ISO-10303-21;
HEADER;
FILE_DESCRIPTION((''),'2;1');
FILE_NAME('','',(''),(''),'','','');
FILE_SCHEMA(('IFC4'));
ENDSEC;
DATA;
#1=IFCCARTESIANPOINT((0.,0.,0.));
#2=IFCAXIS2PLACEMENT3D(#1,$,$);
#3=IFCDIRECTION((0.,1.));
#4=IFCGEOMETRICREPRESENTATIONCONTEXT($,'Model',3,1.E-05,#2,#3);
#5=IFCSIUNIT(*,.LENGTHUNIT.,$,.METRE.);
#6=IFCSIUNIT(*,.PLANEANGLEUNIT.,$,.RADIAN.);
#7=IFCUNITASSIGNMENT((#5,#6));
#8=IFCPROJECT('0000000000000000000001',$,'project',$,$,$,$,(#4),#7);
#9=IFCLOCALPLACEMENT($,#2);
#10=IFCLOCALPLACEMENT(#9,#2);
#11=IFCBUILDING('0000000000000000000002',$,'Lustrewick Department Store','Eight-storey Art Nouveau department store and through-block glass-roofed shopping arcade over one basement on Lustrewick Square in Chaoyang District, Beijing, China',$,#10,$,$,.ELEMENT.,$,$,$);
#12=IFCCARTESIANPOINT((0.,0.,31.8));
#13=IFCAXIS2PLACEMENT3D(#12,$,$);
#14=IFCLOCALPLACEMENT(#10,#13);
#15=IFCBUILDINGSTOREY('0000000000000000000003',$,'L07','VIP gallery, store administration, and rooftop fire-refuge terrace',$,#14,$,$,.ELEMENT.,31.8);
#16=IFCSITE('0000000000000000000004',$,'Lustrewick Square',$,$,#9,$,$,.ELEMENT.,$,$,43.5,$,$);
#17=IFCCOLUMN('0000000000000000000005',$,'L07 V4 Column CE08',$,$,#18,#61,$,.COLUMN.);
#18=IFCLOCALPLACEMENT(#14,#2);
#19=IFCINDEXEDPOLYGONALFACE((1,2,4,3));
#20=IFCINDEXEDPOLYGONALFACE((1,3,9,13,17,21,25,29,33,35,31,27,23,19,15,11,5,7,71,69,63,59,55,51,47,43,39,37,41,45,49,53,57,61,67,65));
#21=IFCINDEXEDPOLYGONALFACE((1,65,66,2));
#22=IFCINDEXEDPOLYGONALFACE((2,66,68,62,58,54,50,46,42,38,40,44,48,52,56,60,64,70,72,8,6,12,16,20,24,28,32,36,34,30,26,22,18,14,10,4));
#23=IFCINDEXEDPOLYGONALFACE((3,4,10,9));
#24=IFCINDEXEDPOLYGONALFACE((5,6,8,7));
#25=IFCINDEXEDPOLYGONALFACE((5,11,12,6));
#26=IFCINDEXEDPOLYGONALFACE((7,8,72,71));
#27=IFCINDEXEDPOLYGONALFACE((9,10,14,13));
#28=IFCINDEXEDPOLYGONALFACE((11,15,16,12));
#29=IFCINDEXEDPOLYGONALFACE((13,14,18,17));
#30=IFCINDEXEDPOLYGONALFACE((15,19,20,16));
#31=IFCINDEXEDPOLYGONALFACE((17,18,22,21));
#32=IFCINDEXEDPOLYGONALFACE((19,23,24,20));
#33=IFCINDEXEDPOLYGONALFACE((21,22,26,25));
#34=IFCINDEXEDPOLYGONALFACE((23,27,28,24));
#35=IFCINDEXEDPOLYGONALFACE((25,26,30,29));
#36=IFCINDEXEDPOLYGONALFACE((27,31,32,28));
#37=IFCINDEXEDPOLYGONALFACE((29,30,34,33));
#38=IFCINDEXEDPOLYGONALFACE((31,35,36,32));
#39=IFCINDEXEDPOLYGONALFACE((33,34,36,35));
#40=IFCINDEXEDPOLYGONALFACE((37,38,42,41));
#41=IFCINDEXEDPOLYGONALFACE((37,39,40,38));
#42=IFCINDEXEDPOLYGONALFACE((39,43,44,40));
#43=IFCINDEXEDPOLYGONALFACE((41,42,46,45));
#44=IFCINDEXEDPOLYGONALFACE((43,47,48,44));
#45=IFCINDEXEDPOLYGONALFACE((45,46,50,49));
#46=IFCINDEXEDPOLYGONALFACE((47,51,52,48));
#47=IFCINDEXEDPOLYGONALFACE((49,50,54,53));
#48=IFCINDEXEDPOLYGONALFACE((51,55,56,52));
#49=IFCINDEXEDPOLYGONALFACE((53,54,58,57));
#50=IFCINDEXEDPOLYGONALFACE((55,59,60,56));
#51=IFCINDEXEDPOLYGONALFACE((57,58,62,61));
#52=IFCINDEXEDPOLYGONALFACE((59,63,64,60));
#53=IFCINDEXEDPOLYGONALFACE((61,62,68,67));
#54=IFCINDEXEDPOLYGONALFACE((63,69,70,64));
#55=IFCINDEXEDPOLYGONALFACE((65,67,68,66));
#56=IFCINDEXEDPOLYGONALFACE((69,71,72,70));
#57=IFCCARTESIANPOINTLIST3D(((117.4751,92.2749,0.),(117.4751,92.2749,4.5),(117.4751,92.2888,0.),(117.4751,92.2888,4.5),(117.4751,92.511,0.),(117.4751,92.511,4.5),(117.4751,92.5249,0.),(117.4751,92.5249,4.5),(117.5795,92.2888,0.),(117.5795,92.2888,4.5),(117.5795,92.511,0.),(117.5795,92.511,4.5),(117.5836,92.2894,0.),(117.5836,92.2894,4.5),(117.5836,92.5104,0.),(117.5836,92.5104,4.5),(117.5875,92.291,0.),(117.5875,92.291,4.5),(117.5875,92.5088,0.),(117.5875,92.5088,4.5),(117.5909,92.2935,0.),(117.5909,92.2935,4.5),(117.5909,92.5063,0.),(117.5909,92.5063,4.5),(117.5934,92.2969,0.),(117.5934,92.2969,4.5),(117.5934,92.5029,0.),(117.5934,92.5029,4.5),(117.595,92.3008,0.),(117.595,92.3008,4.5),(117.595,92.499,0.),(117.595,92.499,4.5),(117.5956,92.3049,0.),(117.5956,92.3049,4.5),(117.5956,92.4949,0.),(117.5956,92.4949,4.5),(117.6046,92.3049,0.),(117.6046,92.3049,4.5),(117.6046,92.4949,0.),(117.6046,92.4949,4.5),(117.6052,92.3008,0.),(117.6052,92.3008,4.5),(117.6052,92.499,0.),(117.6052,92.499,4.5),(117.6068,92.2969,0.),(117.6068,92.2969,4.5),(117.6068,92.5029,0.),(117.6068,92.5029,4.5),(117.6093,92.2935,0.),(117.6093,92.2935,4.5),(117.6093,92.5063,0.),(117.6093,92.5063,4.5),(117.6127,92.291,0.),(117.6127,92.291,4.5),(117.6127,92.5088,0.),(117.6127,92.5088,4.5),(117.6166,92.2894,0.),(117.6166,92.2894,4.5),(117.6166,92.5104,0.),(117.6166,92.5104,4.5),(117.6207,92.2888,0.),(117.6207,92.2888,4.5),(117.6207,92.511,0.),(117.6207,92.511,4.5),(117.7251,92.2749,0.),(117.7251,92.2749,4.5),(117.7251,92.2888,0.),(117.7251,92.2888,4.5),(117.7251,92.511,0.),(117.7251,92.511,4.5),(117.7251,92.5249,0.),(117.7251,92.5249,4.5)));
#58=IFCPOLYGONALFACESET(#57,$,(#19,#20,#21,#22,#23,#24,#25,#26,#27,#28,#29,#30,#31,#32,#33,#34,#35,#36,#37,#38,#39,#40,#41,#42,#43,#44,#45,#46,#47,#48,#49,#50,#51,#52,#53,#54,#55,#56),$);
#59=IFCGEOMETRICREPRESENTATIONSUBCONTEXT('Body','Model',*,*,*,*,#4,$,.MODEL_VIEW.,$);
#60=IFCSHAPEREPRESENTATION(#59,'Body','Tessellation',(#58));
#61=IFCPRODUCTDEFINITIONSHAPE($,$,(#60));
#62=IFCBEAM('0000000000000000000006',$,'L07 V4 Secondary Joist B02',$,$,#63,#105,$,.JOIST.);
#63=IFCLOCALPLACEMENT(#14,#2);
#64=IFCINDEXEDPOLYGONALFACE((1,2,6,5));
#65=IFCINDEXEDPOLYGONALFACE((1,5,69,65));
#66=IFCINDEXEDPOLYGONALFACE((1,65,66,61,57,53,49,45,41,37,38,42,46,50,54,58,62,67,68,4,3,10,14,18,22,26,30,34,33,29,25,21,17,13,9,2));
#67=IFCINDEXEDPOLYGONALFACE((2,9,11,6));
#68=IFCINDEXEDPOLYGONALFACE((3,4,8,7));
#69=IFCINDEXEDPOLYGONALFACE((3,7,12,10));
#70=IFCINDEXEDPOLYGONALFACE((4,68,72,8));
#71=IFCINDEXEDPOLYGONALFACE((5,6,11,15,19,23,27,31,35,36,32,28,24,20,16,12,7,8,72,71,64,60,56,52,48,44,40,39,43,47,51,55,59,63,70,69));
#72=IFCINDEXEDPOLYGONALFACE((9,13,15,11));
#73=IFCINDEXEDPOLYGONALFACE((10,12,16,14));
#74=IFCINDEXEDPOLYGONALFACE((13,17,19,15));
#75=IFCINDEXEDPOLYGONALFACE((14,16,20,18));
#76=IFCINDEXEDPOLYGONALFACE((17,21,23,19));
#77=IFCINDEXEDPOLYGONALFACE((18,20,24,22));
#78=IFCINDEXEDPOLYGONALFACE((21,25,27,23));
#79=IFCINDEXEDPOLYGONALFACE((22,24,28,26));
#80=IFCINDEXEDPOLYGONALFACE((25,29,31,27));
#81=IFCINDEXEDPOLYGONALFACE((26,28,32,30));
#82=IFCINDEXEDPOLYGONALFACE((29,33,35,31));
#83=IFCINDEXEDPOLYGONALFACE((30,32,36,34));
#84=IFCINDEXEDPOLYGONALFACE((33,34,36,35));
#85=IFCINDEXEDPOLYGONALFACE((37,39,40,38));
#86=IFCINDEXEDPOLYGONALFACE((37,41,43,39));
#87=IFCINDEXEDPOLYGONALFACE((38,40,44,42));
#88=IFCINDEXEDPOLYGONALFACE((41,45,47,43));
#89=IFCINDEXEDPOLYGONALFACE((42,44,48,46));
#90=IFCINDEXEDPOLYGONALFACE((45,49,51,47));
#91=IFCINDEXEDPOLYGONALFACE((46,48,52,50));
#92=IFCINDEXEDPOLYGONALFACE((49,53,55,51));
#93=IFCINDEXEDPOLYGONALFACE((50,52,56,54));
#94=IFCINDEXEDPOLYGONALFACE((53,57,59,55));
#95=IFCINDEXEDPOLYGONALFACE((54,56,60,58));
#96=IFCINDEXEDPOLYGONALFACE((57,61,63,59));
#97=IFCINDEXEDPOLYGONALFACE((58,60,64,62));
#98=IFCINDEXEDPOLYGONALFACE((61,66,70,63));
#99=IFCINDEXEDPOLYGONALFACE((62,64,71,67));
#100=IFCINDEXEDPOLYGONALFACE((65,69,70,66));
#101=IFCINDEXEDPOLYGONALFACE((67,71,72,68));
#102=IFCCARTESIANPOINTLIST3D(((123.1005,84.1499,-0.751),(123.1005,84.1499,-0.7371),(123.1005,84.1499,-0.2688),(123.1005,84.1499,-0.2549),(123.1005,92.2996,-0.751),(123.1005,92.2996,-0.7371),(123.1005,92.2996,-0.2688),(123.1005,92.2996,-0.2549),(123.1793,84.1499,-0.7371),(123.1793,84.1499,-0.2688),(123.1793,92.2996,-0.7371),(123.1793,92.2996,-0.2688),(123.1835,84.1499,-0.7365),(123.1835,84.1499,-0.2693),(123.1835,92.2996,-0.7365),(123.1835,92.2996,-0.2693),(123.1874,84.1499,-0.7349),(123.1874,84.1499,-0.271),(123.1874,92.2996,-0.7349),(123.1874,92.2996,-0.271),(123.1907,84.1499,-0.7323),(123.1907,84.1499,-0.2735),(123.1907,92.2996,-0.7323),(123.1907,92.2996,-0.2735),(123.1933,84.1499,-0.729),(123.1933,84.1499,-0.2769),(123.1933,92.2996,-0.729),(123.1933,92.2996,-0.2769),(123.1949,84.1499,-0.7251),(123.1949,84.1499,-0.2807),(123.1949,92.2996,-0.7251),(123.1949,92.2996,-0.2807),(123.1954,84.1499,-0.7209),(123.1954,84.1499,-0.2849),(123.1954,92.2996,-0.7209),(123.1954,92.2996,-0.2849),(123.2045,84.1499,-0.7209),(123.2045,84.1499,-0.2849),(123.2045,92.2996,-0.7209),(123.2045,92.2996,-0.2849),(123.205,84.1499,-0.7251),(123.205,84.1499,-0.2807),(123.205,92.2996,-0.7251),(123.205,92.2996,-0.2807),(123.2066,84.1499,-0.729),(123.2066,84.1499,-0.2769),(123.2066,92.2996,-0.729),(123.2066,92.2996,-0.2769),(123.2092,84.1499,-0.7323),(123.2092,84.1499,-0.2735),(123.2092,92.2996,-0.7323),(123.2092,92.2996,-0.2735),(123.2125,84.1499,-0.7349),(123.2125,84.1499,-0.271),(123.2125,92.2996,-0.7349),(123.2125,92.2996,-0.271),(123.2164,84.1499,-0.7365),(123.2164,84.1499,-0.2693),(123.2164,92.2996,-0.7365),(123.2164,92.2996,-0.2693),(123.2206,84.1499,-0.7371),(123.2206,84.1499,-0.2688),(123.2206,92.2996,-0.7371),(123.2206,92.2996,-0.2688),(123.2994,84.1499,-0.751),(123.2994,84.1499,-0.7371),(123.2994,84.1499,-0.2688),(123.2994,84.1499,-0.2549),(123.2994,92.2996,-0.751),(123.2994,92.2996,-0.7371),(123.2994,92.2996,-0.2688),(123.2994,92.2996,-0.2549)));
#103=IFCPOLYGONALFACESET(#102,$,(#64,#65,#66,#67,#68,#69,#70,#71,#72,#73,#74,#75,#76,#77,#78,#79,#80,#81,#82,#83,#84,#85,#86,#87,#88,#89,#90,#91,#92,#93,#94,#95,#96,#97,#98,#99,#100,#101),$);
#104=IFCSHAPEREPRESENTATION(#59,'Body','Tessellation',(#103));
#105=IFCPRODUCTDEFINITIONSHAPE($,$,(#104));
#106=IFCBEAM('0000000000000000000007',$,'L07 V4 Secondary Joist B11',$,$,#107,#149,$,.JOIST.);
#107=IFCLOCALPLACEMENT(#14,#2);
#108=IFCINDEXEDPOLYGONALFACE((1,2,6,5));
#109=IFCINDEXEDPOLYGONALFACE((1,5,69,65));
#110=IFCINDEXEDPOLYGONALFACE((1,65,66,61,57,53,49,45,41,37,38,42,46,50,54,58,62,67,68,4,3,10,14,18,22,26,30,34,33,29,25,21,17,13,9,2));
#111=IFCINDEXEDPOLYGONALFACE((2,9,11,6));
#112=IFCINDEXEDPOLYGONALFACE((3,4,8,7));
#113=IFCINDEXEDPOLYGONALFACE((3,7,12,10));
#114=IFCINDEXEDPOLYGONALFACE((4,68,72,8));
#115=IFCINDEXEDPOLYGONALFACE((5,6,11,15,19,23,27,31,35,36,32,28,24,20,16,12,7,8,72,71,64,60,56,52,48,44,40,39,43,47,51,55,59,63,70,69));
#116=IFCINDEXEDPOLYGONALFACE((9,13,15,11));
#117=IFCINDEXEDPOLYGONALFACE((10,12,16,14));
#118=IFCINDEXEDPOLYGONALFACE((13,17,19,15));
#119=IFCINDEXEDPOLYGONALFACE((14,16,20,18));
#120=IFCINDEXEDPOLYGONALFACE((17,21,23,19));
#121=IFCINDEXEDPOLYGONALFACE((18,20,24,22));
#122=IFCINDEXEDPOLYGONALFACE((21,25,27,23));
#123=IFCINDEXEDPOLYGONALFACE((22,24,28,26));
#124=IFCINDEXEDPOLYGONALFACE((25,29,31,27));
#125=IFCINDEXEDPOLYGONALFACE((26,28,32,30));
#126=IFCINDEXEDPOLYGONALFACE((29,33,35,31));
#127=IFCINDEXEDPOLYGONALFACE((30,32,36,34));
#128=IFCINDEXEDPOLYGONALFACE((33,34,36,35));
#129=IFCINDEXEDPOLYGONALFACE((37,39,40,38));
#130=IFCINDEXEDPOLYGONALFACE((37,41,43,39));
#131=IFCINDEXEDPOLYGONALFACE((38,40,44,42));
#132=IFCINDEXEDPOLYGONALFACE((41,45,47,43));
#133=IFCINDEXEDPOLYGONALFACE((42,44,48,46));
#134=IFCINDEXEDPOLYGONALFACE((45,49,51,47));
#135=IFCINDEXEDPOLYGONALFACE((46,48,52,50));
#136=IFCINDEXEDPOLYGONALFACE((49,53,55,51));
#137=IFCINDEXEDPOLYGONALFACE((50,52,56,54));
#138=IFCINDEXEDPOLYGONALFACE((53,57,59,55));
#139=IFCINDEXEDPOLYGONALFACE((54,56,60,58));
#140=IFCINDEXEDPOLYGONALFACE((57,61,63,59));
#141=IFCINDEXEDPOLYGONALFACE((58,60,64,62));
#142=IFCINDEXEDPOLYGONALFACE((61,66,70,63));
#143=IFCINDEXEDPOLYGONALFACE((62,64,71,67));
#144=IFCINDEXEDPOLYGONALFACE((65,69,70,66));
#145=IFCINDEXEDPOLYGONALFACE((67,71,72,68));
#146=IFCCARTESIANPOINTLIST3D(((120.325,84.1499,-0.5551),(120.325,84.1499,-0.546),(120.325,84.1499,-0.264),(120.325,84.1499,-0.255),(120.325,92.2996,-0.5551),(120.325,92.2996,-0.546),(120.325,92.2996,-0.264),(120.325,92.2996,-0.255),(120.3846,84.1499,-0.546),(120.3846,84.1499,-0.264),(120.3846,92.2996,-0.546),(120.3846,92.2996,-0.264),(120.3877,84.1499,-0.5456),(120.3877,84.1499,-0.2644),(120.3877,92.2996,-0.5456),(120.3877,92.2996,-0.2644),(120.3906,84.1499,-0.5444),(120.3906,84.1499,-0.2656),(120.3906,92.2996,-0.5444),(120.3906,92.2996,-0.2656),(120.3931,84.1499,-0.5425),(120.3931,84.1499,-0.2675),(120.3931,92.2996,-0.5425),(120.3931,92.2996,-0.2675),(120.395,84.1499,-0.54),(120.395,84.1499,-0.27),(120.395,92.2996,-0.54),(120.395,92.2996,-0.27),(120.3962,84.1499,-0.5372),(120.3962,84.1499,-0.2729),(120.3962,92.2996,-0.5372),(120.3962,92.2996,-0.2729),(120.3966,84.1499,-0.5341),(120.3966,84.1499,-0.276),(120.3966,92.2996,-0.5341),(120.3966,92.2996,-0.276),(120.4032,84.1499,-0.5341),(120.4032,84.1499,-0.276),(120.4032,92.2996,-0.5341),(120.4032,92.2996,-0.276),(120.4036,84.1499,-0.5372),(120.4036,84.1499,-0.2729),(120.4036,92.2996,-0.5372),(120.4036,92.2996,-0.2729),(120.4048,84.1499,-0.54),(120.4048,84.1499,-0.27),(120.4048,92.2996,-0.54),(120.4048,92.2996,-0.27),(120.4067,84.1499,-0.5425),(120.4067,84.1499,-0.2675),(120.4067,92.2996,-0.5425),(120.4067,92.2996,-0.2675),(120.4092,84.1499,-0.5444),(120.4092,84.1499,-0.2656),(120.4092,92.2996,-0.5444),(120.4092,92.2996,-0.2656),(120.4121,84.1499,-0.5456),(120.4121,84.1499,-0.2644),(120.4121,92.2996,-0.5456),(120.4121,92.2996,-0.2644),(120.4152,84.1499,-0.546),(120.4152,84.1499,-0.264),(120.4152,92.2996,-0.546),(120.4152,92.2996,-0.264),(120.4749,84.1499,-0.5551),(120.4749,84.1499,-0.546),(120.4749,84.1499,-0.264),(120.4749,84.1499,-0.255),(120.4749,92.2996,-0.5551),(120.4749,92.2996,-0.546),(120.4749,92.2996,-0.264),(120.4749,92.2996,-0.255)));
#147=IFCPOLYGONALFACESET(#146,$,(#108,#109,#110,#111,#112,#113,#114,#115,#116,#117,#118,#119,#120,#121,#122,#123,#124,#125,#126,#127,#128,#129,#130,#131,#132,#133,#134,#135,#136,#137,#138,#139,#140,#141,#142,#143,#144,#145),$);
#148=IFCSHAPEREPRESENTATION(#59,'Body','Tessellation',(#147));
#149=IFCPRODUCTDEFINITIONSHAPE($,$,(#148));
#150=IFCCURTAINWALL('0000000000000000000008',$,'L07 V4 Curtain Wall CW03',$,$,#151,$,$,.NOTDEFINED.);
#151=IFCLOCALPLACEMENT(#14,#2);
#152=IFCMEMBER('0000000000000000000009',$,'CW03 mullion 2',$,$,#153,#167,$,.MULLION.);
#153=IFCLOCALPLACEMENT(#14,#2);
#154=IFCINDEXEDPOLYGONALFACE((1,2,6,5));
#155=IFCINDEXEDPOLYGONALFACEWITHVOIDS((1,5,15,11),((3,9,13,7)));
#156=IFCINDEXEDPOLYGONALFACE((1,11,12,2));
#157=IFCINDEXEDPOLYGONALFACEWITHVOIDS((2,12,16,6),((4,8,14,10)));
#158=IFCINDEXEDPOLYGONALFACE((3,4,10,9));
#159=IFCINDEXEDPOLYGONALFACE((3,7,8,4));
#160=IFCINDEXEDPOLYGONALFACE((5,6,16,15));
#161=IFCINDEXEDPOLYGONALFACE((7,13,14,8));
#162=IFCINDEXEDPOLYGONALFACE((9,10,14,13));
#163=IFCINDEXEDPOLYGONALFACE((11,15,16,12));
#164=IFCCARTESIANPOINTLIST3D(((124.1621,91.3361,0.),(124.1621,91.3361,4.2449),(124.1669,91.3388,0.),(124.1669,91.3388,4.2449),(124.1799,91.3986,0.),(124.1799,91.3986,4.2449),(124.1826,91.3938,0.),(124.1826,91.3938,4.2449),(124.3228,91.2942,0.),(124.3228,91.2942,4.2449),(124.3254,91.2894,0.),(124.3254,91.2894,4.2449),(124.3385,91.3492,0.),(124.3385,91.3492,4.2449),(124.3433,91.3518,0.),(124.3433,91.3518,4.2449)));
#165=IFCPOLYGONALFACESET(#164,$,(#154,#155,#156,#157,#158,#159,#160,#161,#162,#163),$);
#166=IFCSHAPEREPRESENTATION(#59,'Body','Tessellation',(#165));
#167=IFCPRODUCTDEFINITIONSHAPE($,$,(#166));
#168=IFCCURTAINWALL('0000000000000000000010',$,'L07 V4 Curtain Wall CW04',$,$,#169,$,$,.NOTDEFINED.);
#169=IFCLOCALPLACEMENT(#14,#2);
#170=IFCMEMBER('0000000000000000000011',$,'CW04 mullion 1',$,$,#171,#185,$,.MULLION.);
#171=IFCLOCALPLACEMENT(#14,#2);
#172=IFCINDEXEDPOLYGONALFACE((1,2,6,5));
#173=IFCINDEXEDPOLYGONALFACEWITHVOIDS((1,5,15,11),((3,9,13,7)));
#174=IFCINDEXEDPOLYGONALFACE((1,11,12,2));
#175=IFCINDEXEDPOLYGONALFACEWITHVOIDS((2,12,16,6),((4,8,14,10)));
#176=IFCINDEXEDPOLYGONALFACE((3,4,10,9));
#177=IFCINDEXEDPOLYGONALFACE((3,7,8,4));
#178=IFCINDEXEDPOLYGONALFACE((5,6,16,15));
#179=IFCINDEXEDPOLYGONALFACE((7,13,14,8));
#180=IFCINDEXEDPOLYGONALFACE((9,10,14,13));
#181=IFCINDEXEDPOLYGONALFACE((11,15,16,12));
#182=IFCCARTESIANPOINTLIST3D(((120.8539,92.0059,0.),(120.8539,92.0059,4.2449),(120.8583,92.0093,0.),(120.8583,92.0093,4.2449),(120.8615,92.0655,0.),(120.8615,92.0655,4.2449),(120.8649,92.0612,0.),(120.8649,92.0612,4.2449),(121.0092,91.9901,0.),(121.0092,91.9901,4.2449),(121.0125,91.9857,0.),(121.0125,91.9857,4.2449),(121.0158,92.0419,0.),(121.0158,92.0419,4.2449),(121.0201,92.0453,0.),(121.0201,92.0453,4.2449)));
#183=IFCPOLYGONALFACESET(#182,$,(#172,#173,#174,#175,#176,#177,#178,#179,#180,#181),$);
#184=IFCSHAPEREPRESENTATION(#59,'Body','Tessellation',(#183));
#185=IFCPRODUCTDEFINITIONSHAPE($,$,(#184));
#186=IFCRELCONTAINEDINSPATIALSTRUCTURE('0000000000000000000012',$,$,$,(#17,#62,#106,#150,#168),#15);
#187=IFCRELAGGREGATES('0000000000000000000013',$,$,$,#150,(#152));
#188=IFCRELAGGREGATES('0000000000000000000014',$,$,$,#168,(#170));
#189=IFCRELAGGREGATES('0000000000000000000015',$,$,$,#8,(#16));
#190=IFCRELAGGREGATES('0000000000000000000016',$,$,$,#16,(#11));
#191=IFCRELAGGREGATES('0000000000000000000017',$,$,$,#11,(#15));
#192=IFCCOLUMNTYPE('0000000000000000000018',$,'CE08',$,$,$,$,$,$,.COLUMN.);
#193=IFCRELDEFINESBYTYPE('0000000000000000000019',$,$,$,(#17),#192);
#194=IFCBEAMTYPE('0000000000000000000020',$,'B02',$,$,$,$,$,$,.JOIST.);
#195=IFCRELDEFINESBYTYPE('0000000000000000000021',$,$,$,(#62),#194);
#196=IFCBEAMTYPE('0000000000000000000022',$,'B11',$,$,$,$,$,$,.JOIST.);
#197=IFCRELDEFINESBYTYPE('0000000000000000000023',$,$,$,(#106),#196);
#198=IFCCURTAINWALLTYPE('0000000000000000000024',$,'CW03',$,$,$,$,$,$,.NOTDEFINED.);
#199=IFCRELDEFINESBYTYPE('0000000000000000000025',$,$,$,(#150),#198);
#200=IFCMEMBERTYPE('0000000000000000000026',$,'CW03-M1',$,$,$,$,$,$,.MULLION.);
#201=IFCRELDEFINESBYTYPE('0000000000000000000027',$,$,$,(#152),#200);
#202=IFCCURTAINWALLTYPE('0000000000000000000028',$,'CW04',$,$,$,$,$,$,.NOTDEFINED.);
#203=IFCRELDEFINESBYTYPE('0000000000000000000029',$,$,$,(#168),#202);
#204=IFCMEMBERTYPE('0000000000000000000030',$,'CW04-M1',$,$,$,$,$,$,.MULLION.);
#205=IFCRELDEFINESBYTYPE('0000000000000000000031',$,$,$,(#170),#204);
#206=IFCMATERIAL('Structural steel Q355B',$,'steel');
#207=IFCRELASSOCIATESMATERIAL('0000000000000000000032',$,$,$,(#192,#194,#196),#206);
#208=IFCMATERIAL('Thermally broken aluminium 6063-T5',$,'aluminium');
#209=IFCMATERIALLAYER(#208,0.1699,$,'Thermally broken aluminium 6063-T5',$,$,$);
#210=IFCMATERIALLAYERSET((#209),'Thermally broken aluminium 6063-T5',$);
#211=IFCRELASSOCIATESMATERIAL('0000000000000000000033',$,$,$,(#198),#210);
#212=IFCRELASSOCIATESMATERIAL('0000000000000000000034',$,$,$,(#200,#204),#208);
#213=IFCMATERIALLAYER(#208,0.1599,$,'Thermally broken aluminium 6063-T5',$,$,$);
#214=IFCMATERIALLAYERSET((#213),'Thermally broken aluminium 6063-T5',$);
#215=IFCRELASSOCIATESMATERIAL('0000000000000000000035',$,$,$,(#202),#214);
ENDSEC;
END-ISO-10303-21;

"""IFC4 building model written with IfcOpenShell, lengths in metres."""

from ifc_helpers import new_model, si_unit, direction, frame, origin, origin_2d, place, context, subcontext, project, spatial, hollow_rectangle, i_section, extrude, material, layer, layer_set, material_profile, profile_set, type_object, element, aggregate, save


model = new_model("IFC4")

# Units and contexts
model_context = context("Model", 3, precision=1e-05, world=origin(), true_north=direction((0.0, 1.0)))
body_context = subcontext(model_context, "Body", "Model", "MODEL_VIEW")
ifc_project = project(units=[si_unit("LENGTHUNIT", "METRE"), si_unit("PLANEANGLEUNIT", "RADIAN")], contexts=[model_context])

# Site, building, storey
site_placement = place(None, origin())
site = spatial("IfcSite", under=ifc_project, at=site_placement, Name="Lustrewick Square", CompositionType="ELEMENT", RefElevation=43.5)
building_placement = place(site_placement, origin())
building = spatial("IfcBuilding", under=site, at=building_placement, Name="Lustrewick Department Store", Description="Eight-storey Art Nouveau department store and through-block glass-roofed shopping arcade over one basement on Lustrewick Square in Chaoyang District, Beijing, China", CompositionType="ELEMENT")
storey_placement = place(building_placement, frame((0.0, 0.0, 31.8)))
storey = spatial("IfcBuildingStorey", under=building, at=storey_placement, Name="L07", Description="VIP gallery, store administration, and rooftop fire-refuge terrace", CompositionType="ELEMENT", Elevation=31.8)

# Column
ifc_material_1 = material(Name="Structural steel Q355B", Category="steel")
ifc_material_profile_1 = material_profile(ifc_material_1, i_section(OverallWidth=0.25, OverallDepth=0.25, WebThickness=0.009, FlangeThickness=0.0139, FilletRadius=0.0161, at=origin_2d()), Name="HW 250x250x9x14")
ifc_profile_set_1 = profile_set([ifc_material_profile_1], Name="Structural steel Q355B")
column_type = type_object("IfcColumnType", Name="CE08", PredefinedType="COLUMN", material=ifc_profile_set_1)
column_placement = place(storey_placement, frame((117.6001, 92.3999, 0.0), z_axis=(0.0, 0.0, 1.0), x_axis=(1.0, 0.0, 0.0)))
element("IfcColumn", 1, at=column_placement, inside=storey, type_object=column_type, Name="L07 V4 Column CE08", PredefinedType="COLUMN", context=body_context, shape_type="SweptSolid", body=[
    extrude(i_section(OverallWidth=0.25, OverallDepth=0.25, WebThickness=0.009, FlangeThickness=0.0139, FilletRadius=0.0161, at=origin_2d()), origin(), (0.0, 0.0, 1.0), 4.5),
])

# Beams
ifc_material_profile_2 = material_profile(ifc_material_1, i_section(OverallWidth=0.199, OverallDepth=0.4961, WebThickness=0.009, FlangeThickness=0.0139, FilletRadius=0.0161, at=origin_2d()), Name="HN 496x199x9x14")
ifc_profile_set_2 = profile_set([ifc_material_profile_2], Name="Structural steel Q355B")
beam_type_1 = type_object("IfcBeamType", Name="B02", PredefinedType="JOIST", material=ifc_profile_set_2)
beam_1_placement = place(storey_placement, frame((123.2, 84.1499, -0.5029), z_axis=(0.0, 1.0, 0.0), x_axis=(-1.0, 0.0, 0.0)))
element("IfcBeam", 2, at=beam_1_placement, inside=storey, type_object=beam_type_1, Name="L07 V4 Secondary Joist B02", PredefinedType="JOIST", context=body_context, shape_type="SweptSolid", body=[
    extrude(i_section(OverallWidth=0.199, OverallDepth=0.4961, WebThickness=0.009, FlangeThickness=0.0139, FilletRadius=0.0161, at=origin_2d()), origin(), (0.0, 0.0, 1.0), 8.1497),
])
ifc_material_profile_3 = material_profile(ifc_material_1, i_section(OverallWidth=0.1499, OverallDepth=0.3, WebThickness=0.0066, FlangeThickness=0.009, FilletRadius=0.012, at=origin_2d()), Name="HN 300x150x6.5x9")
ifc_profile_set_3 = profile_set([ifc_material_profile_3], Name="Structural steel Q355B")
beam_type_2 = type_object("IfcBeamType", Name="B11", PredefinedType="JOIST", material=ifc_profile_set_3)
beam_2_placement = place(storey_placement, frame((120.3999, 84.1499, -0.405), z_axis=(0.0, 1.0, 0.0), x_axis=(-1.0, 0.0, 0.0)))
element("IfcBeam", 3, at=beam_2_placement, inside=storey, type_object=beam_type_2, Name="L07 V4 Secondary Joist B11", PredefinedType="JOIST", context=body_context, shape_type="SweptSolid", body=[
    extrude(i_section(OverallWidth=0.1499, OverallDepth=0.3, WebThickness=0.0066, FlangeThickness=0.009, FilletRadius=0.012, at=origin_2d()), origin(), (0.0, 0.0, 1.0), 8.1497),
])

# Curtain wall, member
ifc_material_2 = material(Name="Thermally broken aluminium 6063-T5", Category="aluminium")
ifc_layer_1 = layer(ifc_material_2, 0.1699, Name="Thermally broken aluminium 6063-T5")
ifc_layer_set_1 = layer_set([ifc_layer_1], Name="Thermally broken aluminium 6063-T5")
curtain_wall_type_1 = type_object("IfcCurtainWallType", Name="CW03", PredefinedType="NOTDEFINED", material=ifc_layer_set_1)
curtain_wall_1_placement = place(storey_placement, origin())
curtain_wall_1 = element("IfcCurtainWall", 4, at=curtain_wall_1_placement, inside=storey, type_object=curtain_wall_type_1, Name="L07 V4 Curtain Wall CW03", PredefinedType="NOTDEFINED")
ifc_material_profile_4 = material_profile(ifc_material_2, hollow_rectangle(XDim=0.0649, YDim=0.1699, WallThickness=0.0039, at=origin_2d()), Name="ALU-M 65x170x4")
ifc_profile_set_4 = profile_set([ifc_material_profile_4], Name="Thermally broken aluminium 6063-T5")
member_type_1 = type_object("IfcMemberType", Name="CW03-M1", PredefinedType="MULLION", material=ifc_profile_set_4)
member_1_placement = place(storey_placement, frame((124.2527, 91.344, 0.0), z_axis=(0.0, 0.0, 1.0), x_axis=(-0.275063, -0.961426, 0.0)))
member_1 = element("IfcMember", 5, at=member_1_placement, type_object=member_type_1, Name="CW03 mullion 2", PredefinedType="MULLION", context=body_context, shape_type="SweptSolid", body=[
    extrude(hollow_rectangle(XDim=0.0649, YDim=0.1699, WallThickness=0.0039, at=origin_2d()), origin(), (0.0, 0.0, 1.0), 4.2449),
])

# Curtain wall, member
ifc_layer_2 = layer(ifc_material_2, 0.1599, Name="Thermally broken aluminium 6063-T5")
ifc_layer_set_2 = layer_set([ifc_layer_2], Name="Thermally broken aluminium 6063-T5")
curtain_wall_type_2 = type_object("IfcCurtainWallType", Name="CW04", PredefinedType="NOTDEFINED", material=ifc_layer_set_2)
curtain_wall_2_placement = place(storey_placement, origin())
curtain_wall_2 = element("IfcCurtainWall", 6, at=curtain_wall_2_placement, inside=storey, type_object=curtain_wall_type_2, Name="L07 V4 Curtain Wall CW04", PredefinedType="NOTDEFINED")
ifc_material_profile_5 = material_profile(ifc_material_2, hollow_rectangle(XDim=0.0601, YDim=0.1599, WallThickness=0.0039, at=origin_2d()), Name="ALU-M 60x160x4")
ifc_profile_set_5 = profile_set([ifc_material_profile_5], Name="Thermally broken aluminium 6063-T5")
member_type_2 = type_object("IfcMemberType", Name="CW04-M1", PredefinedType="MULLION", material=ifc_profile_set_5)
member_2_placement = place(storey_placement, frame((120.937, 92.0256, 0.0), z_axis=(0.0, 0.0, 1.0), x_axis=(-0.126308, -0.991991, 0.0)))
member_2 = element("IfcMember", 7, at=member_2_placement, type_object=member_type_2, Name="CW04 mullion 1", PredefinedType="MULLION", context=body_context, shape_type="SweptSolid", body=[
    extrude(hollow_rectangle(XDim=0.0601, YDim=0.1599, WallThickness=0.0039, at=origin_2d()), origin(), (0.0, 0.0, 1.0), 4.2449),
])

aggregate(curtain_wall_1, [member_1])
aggregate(curtain_wall_2, [member_2])

save(model, "model.ifc")
